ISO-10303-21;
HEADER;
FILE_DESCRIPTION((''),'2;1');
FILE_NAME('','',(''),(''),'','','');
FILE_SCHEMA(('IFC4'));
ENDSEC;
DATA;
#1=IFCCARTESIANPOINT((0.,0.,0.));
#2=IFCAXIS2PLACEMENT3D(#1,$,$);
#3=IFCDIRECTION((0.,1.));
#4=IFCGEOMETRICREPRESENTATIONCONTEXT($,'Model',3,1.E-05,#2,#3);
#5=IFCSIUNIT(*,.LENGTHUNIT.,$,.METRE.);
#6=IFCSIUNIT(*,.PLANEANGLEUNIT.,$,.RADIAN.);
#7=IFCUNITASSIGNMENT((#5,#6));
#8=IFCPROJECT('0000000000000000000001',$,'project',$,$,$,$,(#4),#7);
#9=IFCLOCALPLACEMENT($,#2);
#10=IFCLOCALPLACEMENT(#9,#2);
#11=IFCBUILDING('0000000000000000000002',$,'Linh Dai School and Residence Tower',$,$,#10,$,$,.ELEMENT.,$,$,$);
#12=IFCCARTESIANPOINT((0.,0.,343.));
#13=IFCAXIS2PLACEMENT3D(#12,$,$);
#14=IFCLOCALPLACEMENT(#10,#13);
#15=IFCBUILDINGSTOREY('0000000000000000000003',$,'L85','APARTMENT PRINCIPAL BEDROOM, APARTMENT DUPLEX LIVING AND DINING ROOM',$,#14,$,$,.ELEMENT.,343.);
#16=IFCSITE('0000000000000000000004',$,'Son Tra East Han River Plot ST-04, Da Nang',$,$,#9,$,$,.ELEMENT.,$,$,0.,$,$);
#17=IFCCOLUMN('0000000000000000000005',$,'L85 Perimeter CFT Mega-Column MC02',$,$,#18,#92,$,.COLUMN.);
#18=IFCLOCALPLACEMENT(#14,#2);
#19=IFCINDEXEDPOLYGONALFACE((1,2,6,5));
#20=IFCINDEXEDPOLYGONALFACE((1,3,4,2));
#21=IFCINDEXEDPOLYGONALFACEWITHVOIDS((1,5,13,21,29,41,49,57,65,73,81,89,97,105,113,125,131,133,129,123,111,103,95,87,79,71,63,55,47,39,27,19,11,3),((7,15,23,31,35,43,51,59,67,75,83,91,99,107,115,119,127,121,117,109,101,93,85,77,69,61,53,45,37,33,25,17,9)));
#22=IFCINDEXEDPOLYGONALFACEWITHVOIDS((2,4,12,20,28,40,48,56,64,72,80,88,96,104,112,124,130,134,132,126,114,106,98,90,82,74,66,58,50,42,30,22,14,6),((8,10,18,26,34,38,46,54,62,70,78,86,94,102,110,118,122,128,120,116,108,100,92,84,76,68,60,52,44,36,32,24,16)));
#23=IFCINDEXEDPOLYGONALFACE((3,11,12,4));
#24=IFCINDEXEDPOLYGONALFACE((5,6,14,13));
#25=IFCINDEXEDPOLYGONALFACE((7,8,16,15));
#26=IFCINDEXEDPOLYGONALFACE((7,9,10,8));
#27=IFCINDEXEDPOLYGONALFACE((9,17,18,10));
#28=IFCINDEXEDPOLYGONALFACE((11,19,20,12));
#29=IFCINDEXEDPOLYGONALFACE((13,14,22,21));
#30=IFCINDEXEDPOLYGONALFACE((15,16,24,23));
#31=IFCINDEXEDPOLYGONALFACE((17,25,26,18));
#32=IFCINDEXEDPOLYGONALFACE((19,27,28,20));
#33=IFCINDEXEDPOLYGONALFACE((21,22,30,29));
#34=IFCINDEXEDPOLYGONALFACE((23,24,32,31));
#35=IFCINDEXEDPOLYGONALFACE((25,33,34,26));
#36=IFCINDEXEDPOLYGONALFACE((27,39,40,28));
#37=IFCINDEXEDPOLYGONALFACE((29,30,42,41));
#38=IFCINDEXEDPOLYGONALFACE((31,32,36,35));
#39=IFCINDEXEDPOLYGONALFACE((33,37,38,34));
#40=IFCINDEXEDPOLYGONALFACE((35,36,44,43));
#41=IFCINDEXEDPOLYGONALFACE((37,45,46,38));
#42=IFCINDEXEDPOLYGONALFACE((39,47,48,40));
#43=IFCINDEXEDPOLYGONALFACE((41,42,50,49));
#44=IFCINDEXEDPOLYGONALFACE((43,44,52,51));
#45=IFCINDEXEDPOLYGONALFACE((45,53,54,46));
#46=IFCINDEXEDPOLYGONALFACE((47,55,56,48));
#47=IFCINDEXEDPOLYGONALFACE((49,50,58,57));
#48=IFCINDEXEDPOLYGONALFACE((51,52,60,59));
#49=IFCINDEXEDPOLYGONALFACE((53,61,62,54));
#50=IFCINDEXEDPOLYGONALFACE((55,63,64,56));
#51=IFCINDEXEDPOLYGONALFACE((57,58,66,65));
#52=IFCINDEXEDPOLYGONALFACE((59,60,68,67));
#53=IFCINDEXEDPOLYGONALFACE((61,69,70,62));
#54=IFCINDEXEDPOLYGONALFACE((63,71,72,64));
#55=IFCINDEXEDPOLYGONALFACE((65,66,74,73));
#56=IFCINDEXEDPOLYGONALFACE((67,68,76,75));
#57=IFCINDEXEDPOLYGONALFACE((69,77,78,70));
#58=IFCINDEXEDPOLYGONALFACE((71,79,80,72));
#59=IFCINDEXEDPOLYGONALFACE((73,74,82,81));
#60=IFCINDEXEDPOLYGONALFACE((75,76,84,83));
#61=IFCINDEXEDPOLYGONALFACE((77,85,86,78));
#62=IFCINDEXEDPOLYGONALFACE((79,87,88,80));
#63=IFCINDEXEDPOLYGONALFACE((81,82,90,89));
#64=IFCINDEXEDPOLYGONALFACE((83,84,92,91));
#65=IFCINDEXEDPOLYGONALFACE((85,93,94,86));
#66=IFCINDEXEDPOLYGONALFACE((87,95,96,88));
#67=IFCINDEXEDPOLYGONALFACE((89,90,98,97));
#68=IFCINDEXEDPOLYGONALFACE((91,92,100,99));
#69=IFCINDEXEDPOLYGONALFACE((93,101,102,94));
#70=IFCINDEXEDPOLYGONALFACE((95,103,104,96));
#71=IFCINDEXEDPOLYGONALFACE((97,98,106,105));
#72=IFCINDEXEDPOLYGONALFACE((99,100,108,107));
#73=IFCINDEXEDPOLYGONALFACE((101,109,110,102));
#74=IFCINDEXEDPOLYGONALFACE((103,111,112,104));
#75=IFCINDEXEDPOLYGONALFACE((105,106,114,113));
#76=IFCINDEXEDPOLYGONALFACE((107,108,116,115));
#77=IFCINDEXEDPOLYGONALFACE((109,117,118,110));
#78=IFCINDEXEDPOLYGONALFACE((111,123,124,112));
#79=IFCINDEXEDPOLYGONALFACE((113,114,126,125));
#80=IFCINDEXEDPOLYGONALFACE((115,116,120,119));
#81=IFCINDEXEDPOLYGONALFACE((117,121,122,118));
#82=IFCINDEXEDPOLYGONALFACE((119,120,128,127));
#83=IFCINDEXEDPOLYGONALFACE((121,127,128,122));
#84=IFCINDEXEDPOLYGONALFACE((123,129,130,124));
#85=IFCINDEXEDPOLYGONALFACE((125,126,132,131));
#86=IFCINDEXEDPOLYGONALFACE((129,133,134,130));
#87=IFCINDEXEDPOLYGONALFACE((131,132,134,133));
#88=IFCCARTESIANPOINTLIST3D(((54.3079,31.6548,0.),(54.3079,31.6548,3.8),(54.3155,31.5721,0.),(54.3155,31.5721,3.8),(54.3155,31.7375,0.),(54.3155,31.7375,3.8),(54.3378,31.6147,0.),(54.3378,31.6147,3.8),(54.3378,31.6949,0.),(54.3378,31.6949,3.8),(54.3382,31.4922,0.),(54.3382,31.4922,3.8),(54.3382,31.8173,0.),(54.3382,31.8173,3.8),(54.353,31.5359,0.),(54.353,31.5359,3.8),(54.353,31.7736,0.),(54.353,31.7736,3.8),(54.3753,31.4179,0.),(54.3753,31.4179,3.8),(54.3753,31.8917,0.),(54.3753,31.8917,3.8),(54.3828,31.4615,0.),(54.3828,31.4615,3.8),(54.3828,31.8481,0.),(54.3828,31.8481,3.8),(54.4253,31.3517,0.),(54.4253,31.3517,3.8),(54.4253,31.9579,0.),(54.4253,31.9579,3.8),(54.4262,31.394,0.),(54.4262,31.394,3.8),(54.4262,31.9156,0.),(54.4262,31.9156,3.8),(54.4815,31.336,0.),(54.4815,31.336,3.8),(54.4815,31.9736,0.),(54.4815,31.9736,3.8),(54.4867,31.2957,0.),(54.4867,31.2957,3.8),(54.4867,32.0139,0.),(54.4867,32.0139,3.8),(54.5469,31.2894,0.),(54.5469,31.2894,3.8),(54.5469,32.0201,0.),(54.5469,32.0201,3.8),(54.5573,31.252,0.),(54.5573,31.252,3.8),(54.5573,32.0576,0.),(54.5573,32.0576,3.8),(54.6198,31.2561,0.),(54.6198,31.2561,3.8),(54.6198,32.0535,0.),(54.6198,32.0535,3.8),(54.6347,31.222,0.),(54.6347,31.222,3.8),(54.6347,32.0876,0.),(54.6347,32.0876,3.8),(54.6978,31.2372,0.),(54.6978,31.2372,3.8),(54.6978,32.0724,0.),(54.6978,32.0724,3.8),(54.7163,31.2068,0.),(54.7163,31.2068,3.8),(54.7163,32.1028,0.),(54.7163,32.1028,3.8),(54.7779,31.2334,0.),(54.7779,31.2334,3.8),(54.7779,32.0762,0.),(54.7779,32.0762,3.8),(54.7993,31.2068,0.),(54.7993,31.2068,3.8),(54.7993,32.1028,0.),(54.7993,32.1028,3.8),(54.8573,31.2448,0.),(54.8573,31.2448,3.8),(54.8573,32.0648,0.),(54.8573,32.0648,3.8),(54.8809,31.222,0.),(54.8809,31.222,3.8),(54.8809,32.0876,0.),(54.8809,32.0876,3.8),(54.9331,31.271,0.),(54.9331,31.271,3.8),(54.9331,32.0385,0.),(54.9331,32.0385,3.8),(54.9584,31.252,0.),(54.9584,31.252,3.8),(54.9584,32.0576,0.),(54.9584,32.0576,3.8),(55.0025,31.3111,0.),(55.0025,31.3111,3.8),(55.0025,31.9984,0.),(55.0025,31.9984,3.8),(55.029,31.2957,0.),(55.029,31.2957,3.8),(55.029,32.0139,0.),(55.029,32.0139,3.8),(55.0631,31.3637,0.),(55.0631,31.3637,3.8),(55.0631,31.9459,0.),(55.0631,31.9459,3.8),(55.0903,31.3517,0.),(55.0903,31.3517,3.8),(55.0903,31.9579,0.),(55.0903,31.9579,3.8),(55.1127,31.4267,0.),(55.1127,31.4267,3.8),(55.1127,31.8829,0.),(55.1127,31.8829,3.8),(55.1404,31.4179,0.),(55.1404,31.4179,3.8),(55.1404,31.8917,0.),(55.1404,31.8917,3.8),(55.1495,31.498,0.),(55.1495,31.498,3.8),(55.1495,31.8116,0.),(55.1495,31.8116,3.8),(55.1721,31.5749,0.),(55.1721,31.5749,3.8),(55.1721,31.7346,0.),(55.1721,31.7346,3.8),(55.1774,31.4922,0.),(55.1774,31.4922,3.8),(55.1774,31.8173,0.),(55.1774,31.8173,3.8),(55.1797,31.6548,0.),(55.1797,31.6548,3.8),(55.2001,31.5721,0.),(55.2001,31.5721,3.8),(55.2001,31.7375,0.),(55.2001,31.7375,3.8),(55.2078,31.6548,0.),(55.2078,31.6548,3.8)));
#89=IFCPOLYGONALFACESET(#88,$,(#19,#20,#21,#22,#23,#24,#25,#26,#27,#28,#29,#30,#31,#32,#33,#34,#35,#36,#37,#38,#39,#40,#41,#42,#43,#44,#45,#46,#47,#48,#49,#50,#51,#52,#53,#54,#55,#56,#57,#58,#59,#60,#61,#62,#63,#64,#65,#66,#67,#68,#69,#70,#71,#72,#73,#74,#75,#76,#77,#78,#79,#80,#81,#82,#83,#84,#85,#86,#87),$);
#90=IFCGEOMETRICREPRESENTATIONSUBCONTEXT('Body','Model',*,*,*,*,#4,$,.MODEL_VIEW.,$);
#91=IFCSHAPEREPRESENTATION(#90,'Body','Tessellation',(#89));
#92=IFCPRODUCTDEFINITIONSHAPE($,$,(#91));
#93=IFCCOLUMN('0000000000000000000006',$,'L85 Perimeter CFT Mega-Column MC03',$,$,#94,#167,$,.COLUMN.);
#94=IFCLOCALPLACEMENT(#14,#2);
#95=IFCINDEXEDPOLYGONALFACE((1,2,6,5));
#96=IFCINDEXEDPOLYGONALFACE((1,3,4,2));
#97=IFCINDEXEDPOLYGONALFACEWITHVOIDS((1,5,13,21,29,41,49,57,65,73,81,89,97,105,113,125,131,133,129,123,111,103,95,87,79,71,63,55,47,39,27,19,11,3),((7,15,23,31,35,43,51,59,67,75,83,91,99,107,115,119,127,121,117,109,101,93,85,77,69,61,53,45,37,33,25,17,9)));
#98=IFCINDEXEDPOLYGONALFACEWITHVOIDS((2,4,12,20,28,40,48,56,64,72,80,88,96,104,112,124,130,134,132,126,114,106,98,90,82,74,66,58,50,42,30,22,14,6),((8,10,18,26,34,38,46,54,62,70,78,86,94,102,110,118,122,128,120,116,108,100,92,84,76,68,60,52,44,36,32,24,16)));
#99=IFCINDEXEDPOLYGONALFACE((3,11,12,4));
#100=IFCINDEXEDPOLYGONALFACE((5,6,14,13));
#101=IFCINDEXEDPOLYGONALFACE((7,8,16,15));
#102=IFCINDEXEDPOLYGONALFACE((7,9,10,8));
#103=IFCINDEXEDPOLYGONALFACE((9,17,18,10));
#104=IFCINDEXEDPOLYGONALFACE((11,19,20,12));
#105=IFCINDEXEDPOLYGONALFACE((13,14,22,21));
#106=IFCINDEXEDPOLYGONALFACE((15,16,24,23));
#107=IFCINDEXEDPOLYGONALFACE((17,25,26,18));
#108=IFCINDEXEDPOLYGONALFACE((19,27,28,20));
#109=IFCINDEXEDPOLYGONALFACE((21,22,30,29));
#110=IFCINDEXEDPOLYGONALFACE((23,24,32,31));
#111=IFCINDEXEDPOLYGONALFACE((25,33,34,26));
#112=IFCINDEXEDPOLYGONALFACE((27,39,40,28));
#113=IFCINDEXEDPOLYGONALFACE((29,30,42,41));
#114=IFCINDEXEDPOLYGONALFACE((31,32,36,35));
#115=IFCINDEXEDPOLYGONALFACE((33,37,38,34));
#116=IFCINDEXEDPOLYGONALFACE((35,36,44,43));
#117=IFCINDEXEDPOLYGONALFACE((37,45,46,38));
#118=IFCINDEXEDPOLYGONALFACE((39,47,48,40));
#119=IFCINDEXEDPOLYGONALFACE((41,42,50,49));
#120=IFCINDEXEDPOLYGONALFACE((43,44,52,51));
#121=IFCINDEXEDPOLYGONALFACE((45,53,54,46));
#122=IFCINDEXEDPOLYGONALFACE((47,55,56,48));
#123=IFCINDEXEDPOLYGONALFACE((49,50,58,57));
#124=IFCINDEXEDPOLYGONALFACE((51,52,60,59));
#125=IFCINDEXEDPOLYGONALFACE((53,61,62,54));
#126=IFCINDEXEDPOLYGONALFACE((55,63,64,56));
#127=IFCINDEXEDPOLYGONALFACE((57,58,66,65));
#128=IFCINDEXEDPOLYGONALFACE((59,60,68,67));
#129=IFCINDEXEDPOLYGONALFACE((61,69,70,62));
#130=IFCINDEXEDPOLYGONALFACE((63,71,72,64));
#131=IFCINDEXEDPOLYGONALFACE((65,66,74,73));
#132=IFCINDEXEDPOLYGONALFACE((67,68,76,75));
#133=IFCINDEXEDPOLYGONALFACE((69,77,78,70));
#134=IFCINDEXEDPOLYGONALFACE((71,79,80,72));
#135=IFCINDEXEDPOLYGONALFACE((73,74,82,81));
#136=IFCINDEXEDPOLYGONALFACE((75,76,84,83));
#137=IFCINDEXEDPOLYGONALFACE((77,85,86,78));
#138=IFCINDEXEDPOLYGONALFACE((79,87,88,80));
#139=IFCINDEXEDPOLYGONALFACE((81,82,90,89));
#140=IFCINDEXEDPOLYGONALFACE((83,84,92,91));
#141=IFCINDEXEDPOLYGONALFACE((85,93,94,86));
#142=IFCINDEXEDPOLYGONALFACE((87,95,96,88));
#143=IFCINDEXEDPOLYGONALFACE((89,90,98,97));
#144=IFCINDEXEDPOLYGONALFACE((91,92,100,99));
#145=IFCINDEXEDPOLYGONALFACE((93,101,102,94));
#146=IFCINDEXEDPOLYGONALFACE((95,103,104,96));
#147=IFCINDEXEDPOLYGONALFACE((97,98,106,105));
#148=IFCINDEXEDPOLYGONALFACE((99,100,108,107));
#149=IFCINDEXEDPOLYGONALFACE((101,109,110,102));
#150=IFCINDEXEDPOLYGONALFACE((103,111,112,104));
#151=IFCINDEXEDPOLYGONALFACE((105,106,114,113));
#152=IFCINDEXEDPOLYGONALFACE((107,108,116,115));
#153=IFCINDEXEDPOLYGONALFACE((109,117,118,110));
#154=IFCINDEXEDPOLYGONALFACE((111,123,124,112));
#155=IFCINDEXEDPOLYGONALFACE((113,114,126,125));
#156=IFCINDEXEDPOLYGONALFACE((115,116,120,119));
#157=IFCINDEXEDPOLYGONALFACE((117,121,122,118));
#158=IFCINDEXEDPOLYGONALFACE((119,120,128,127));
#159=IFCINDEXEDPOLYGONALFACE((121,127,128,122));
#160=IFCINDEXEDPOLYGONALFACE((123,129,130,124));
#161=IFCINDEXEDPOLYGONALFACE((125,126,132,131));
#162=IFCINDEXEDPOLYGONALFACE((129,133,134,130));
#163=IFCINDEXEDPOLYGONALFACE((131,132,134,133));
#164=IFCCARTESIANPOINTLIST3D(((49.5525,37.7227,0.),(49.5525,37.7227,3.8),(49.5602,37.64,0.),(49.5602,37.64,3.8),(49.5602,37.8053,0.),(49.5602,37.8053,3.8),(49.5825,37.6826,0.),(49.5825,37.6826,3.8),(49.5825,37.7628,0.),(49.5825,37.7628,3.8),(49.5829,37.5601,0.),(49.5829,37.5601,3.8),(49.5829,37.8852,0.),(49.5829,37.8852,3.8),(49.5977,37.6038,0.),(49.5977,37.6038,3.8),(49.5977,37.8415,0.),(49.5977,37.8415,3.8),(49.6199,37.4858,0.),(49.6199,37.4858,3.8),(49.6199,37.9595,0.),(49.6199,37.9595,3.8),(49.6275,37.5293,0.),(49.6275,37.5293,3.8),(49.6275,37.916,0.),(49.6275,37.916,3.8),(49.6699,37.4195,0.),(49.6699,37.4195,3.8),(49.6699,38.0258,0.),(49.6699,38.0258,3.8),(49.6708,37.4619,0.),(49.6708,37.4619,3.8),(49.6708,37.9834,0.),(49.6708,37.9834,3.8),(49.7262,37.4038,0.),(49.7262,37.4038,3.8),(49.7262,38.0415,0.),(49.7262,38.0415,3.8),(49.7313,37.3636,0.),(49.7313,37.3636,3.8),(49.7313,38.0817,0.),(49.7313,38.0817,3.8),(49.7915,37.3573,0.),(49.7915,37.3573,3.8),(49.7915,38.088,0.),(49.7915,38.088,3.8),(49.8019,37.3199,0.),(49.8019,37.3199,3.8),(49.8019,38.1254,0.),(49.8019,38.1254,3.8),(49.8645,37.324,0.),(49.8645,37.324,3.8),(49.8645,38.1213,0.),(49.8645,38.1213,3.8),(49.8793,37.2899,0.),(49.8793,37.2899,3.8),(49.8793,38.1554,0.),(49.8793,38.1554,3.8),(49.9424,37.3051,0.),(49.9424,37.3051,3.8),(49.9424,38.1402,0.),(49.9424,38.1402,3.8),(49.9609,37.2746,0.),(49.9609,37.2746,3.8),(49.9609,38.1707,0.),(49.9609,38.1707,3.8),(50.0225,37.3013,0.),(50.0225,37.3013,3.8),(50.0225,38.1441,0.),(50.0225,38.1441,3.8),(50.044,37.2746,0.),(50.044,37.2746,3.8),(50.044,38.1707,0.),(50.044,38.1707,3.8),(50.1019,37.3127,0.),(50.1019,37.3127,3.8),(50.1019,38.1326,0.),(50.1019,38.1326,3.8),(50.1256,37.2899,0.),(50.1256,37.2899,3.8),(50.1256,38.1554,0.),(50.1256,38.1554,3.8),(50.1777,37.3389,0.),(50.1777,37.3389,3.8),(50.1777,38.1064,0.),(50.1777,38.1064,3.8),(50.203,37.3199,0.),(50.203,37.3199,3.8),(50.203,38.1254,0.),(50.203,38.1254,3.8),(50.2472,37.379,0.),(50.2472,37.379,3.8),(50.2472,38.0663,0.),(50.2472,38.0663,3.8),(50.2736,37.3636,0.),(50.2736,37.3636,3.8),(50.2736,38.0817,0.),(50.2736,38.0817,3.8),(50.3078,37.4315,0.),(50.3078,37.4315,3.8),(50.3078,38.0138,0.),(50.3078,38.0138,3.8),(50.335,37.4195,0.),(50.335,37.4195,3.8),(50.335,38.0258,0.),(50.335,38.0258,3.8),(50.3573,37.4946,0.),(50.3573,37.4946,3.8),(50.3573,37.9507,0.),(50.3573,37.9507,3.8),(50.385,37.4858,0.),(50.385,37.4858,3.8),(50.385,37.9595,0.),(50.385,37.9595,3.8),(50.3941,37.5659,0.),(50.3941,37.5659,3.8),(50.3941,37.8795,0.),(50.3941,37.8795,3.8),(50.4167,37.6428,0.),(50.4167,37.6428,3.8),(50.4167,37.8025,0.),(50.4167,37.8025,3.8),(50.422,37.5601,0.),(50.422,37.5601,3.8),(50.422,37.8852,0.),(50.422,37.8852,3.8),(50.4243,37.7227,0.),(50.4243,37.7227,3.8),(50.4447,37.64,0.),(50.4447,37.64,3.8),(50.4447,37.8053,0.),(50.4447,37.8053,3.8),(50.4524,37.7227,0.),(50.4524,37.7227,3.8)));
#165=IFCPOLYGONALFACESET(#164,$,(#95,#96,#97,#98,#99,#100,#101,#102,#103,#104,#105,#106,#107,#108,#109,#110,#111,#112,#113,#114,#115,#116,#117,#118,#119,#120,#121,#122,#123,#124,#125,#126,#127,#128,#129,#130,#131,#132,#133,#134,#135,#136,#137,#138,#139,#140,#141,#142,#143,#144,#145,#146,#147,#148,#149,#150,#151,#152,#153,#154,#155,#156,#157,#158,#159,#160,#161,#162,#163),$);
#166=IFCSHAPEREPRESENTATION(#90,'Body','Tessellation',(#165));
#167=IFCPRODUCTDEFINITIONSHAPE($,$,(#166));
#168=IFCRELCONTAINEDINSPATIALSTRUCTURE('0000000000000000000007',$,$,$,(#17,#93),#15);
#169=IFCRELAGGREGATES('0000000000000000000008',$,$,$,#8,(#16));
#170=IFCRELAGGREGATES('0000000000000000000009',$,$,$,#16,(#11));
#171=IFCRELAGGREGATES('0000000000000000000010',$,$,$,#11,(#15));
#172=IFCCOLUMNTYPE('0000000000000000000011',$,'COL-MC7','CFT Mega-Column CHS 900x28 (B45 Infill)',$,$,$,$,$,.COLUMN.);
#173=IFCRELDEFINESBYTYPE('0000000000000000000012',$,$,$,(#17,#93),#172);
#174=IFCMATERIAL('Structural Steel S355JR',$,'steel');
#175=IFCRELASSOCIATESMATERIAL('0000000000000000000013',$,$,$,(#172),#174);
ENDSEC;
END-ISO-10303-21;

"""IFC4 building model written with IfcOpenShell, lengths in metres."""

from ifc_helpers import new_model, si_unit, direction, frame, origin, origin_2d, place, context, subcontext, project, spatial, hollow_circle, extrude, material, material_profile, profile_set, type_object, element, save


model = new_model("IFC4")

# Units and contexts
model_context = context("Model", 3, precision=1e-05, world=origin(), true_north=direction((0.0, 1.0)))
body_context = subcontext(model_context, "Body", "Model", "MODEL_VIEW")
ifc_project = project(units=[si_unit("LENGTHUNIT", "METRE"), si_unit("PLANEANGLEUNIT", "RADIAN")], contexts=[model_context])

# Site, building, storey
site_placement = place(None, origin())
site = spatial("IfcSite", under=ifc_project, at=site_placement, Name="Son Tra East Han River Plot ST-04, Da Nang", CompositionType="ELEMENT", RefElevation=0.0)
building_placement = place(site_placement, origin())
building = spatial("IfcBuilding", under=site, at=building_placement, Name="Linh Dai School and Residence Tower", CompositionType="ELEMENT")
storey_placement = place(building_placement, frame((0.0, 0.0, 343.0)))
storey = spatial("IfcBuildingStorey", under=building, at=storey_placement, Name="L85", Description="APARTMENT PRINCIPAL BEDROOM, APARTMENT DUPLEX LIVING AND DINING ROOM", CompositionType="ELEMENT", Elevation=343.0)

# Columns
ifc_material_1 = material(Name="Structural Steel S355JR", Category="steel")
ifc_material_profile_1 = material_profile(ifc_material_1, hollow_circle(Radius=0.45, WallThickness=0.0281, at=origin_2d()), Name="CHS 900x28")
ifc_profile_set_1 = profile_set([ifc_material_profile_1], Name="Structural Steel S355JR")
column_type_1 = type_object("IfcColumnType", Name="COL-MC7", Description="CFT Mega-Column CHS 900x28 (B45 Infill)", PredefinedType="COLUMN", material=ifc_profile_set_1)
for number, where, z_axis, x_axis, name in (
    (1, (54.7578, 31.6548, 0.0), (0.0, 0.0, 1.0), (1.0, 0.0, 0.0), "L85 Perimeter CFT Mega-Column MC02"),
    (2, (50.0024, 37.7227, 0.0), (0.0, 0.0, 1.0), (1.0, 0.0, 0.0), "L85 Perimeter CFT Mega-Column MC03"),
):
    element("IfcColumn", number, at=place(storey_placement, frame(where, z_axis=z_axis, x_axis=x_axis)), inside=storey, type_object=column_type_1, Name=name, PredefinedType="COLUMN", context=body_context, shape_type="SweptSolid", body=[
        extrude(hollow_circle(Radius=0.45, WallThickness=0.0281, at=origin_2d()), origin(), (0.0, 0.0, 1.0), 3.8),
    ])

save(model, "model.ifc")
